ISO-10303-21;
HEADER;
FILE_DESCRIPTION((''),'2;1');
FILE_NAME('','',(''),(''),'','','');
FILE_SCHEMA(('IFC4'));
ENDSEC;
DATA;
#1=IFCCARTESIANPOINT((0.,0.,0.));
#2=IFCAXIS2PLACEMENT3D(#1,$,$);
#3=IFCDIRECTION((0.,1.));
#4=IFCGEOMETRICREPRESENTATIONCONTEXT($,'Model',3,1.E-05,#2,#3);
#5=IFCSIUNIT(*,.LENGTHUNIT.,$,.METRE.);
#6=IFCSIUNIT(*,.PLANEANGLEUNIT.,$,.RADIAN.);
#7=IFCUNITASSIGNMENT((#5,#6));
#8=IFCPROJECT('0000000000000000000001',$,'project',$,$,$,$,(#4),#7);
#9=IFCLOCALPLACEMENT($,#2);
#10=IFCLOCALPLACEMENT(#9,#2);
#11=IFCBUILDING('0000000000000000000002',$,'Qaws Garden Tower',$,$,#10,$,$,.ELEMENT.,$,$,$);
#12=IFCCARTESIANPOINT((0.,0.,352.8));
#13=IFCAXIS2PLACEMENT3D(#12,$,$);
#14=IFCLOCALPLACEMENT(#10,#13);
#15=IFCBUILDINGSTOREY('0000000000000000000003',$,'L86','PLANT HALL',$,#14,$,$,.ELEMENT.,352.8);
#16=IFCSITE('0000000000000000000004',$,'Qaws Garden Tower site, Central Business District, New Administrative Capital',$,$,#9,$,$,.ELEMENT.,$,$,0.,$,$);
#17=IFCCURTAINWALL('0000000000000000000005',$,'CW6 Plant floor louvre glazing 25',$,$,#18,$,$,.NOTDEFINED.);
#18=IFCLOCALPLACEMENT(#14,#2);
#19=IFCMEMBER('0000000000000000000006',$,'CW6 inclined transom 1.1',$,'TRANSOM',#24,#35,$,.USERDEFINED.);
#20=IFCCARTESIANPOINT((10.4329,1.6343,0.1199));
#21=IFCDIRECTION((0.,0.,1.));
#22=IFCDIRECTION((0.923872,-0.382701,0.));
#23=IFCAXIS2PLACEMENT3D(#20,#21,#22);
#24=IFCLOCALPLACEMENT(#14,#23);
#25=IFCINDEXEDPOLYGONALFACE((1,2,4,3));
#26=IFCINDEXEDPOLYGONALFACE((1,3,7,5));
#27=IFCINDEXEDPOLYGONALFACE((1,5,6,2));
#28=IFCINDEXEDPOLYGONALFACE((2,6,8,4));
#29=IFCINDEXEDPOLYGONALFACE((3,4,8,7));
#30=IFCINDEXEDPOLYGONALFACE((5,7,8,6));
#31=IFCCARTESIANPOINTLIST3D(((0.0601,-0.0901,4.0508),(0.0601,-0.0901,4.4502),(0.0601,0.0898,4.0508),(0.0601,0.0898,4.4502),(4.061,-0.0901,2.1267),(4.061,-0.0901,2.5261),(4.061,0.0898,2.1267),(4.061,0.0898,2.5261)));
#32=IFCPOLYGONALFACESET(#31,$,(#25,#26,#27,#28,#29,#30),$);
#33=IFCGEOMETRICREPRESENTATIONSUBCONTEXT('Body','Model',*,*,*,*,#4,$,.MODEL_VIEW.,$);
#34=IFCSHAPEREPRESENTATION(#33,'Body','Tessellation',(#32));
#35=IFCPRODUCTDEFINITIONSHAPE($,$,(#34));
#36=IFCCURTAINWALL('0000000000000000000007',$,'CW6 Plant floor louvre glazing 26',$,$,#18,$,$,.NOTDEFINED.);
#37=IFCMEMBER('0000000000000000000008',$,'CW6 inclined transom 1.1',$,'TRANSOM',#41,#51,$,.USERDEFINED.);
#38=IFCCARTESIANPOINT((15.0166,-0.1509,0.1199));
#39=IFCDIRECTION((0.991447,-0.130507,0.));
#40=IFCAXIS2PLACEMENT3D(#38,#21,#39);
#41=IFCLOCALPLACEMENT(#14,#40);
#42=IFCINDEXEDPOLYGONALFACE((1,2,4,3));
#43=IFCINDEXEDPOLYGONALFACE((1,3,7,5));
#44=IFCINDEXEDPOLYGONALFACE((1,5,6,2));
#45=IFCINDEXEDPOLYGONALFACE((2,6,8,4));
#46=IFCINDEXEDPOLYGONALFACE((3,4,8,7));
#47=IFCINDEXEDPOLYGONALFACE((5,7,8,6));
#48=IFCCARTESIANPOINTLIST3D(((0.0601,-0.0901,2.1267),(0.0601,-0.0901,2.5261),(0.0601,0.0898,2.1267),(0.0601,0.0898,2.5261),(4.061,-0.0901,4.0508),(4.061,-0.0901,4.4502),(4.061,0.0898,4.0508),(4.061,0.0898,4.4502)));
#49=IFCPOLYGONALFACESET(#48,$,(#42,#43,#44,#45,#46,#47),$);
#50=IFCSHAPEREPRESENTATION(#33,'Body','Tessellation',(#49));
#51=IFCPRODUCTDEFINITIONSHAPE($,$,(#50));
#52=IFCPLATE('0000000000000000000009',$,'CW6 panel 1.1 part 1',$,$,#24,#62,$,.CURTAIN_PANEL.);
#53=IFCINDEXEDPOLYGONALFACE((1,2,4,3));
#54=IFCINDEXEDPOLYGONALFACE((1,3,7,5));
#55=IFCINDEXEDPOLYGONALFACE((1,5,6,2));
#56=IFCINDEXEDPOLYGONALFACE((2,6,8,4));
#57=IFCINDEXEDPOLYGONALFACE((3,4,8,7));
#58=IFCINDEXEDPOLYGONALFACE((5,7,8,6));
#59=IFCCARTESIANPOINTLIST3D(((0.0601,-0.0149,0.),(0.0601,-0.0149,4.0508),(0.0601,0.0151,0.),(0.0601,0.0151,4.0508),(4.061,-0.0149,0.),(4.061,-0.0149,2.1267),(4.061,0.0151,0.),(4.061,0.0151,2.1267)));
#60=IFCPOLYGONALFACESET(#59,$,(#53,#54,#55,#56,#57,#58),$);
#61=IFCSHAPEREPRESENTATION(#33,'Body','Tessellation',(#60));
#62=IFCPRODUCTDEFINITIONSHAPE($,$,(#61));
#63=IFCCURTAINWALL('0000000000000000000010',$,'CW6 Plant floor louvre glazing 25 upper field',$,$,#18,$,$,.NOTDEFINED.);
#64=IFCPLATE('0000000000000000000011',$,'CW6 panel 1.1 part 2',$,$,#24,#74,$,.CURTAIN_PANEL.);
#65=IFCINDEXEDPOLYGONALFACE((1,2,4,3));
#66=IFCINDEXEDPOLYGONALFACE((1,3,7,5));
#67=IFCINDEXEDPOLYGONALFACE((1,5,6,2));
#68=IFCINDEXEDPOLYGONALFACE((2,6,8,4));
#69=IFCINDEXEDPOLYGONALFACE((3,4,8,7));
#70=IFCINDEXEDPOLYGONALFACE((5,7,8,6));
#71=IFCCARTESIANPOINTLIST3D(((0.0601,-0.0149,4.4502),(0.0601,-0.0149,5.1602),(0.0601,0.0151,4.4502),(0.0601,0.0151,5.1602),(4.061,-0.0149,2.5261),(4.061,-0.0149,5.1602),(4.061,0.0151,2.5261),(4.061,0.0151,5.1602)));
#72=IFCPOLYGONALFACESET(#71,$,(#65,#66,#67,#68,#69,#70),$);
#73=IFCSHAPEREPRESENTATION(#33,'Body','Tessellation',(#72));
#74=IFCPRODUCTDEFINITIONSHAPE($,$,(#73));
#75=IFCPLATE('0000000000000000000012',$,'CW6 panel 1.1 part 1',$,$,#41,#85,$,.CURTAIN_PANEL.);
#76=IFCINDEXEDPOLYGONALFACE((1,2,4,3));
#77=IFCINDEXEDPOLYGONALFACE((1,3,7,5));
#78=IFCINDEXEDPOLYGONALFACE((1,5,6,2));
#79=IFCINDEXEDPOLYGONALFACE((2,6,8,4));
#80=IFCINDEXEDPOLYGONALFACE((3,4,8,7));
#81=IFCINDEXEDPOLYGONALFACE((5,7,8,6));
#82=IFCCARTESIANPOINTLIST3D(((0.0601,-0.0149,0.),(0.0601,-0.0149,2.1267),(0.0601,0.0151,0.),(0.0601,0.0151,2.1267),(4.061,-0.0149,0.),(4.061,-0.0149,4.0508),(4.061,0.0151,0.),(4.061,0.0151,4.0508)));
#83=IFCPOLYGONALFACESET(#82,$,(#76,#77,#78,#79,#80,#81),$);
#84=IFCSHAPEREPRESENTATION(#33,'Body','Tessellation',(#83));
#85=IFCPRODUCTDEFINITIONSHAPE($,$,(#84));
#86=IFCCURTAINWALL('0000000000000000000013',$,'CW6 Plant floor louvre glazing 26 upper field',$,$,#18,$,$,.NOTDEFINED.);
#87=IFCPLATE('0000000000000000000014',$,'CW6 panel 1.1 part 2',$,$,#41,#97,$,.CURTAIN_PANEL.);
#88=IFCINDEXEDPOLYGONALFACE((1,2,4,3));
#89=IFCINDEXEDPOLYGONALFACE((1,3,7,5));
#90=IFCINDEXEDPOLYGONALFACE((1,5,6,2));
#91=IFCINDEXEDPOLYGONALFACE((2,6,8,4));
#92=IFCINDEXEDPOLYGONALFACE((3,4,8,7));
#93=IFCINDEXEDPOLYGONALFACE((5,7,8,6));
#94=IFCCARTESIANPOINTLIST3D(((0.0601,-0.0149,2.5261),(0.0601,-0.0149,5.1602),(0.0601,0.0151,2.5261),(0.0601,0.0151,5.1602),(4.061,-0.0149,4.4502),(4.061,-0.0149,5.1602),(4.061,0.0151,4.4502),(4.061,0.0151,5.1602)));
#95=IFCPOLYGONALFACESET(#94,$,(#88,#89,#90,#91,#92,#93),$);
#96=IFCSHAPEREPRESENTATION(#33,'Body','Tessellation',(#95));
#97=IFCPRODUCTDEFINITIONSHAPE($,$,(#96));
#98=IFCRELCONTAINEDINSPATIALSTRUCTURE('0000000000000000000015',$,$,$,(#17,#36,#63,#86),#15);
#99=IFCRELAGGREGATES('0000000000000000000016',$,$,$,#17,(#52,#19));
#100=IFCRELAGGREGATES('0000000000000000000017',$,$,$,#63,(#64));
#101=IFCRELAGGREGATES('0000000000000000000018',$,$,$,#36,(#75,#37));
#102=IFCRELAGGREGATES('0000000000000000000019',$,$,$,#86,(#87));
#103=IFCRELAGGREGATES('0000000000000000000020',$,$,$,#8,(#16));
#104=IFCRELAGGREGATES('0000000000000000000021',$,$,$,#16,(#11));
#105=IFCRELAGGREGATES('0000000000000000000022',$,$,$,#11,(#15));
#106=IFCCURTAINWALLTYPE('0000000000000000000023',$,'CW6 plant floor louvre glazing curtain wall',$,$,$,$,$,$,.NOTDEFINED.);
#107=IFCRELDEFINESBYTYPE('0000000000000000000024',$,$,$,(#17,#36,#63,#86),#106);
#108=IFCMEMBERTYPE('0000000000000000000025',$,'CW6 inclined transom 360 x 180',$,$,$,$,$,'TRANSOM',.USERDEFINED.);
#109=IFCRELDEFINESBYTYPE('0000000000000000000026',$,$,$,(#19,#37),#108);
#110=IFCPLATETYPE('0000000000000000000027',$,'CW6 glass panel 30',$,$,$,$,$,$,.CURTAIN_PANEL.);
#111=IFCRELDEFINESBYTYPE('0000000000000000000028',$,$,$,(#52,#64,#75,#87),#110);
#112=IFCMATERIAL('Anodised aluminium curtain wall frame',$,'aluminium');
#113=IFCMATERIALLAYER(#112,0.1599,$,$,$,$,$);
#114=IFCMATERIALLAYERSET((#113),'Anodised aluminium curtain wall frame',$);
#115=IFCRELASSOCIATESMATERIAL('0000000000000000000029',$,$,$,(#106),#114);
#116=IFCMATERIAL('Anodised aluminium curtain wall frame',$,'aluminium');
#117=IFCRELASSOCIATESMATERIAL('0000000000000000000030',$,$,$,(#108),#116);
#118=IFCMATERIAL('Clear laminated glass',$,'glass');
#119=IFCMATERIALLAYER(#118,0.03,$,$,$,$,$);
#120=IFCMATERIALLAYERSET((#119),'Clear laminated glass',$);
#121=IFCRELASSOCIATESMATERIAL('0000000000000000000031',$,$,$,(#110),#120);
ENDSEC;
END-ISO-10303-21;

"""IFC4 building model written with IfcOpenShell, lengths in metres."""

from ifc_helpers import new_model, si_unit, direction, frame, origin, origin_2d, place, context, subcontext, project, spatial, polyline, rectangle, outline, extrude, material, layer, layer_set, material_profile, profile_set, type_object, element, aggregate, save


model = new_model("IFC4")

# Units and contexts
model_context = context("Model", 3, precision=1e-05, world=origin(), true_north=direction((0.0, 1.0)))
body_context = subcontext(model_context, "Body", "Model", "MODEL_VIEW")
ifc_project = project(units=[si_unit("LENGTHUNIT", "METRE"), si_unit("PLANEANGLEUNIT", "RADIAN")], contexts=[model_context])

# Site, building, storey
site_placement = place(None, origin())
site = spatial("IfcSite", under=ifc_project, at=site_placement, Name="Qaws Garden Tower site, Central Business District, New Administrative Capital", CompositionType="ELEMENT", RefElevation=0.0)
building_placement = place(site_placement, origin())
building = spatial("IfcBuilding", under=site, at=building_placement, Name="Qaws Garden Tower", CompositionType="ELEMENT")
storey_placement = place(building_placement, frame((0.0, 0.0, 352.8)))
storey = spatial("IfcBuildingStorey", under=building, at=storey_placement, Name="L86", Description="PLANT HALL", CompositionType="ELEMENT", Elevation=352.8)

# Curtain walls, members
ifc_material_1 = material(Name="Anodised aluminium curtain wall frame", Category="aluminium")
ifc_layer_1 = layer(ifc_material_1, 0.1599)
ifc_layer_set_1 = layer_set([ifc_layer_1], Name="Anodised aluminium curtain wall frame")
curtain_wall_type = type_object("IfcCurtainWallType", Name="CW6 plant floor louvre glazing curtain wall", PredefinedType="NOTDEFINED", material=ifc_layer_set_1)
placement_1 = place(storey_placement, origin())
curtain_wall_1 = element("IfcCurtainWall", 1, at=placement_1, inside=storey, type_object=curtain_wall_type, Name="CW6 Plant floor louvre glazing 25", PredefinedType="NOTDEFINED")
ifc_material_2 = material(Name="Anodised aluminium curtain wall frame", Category="aluminium")
ifc_material_profile_1 = material_profile(ifc_material_2, rectangle(XDim=0.1799, YDim=0.3601, at=origin_2d()), Name="AL 180x360")
ifc_profile_set_1 = profile_set([ifc_material_profile_1], Name="Anodised aluminium curtain wall frame")
member_type_1 = type_object("IfcMemberType", Name="CW6 inclined transom 360 x 180", ElementType="TRANSOM", PredefinedType="USERDEFINED", material=ifc_profile_set_1)
placement_2 = place(storey_placement, frame((10.4329, 1.6343, 0.1199), z_axis=(0.0, 0.0, 1.0), x_axis=(0.923872, -0.382701, 0.0)))
member_1 = element("IfcMember", 2, at=placement_2, type_object=member_type_1, Name="CW6 inclined transom 1.1", ObjectType="TRANSOM", PredefinedType="USERDEFINED", context=body_context, shape_type="SweptSolid", body=[
    extrude(outline(polyline([(0.0601, 4.0508), (4.061, 2.1267), (4.061, 2.5261), (0.0601, 4.4502), (0.0601, 4.0508)])), frame((0.0, 0.0898, 0.0), z_axis=(0.0, -1.0, 0.0), x_axis=(1.0, 0.0, 0.0)), (0.0, 0.0, 1.0), 0.1799),
])
curtain_wall_2 = element("IfcCurtainWall", 3, at=placement_1, inside=storey, type_object=curtain_wall_type, Name="CW6 Plant floor louvre glazing 26", PredefinedType="NOTDEFINED")
placement_3 = place(storey_placement, frame((15.0166, -0.1509, 0.1199), z_axis=(0.0, 0.0, 1.0), x_axis=(0.991447, -0.130507, 0.0)))
member_2 = element("IfcMember", 4, at=placement_3, type_object=member_type_1, Name="CW6 inclined transom 1.1", ObjectType="TRANSOM", PredefinedType="USERDEFINED", context=body_context, shape_type="SweptSolid", body=[
    extrude(outline(polyline([(0.0601, 2.1267), (4.061, 4.0508), (4.061, 4.4502), (0.0601, 2.5261), (0.0601, 2.1267)])), frame((0.0, 0.0898, 0.0), z_axis=(0.0, -1.0, 0.0), x_axis=(1.0, 0.0, 0.0)), (0.0, 0.0, 1.0), 0.1799),
])

# Plate
ifc_material_3 = material(Name="Clear laminated glass", Category="glass")
ifc_layer_2 = layer(ifc_material_3, 0.03)
ifc_layer_set_2 = layer_set([ifc_layer_2], Name="Clear laminated glass")
plate_type = type_object("IfcPlateType", Name="CW6 glass panel 30", PredefinedType="CURTAIN_PANEL", material=ifc_layer_set_2)
plate_1 = element("IfcPlate", 5, at=placement_2, type_object=plate_type, Name="CW6 panel 1.1 part 1", PredefinedType="CURTAIN_PANEL", context=body_context, shape_type="SweptSolid", body=[
    extrude(outline(polyline([(4.061, 0.0), (4.061, 2.1267), (0.0601, 4.0508), (0.0601, 0.0), (4.061, 0.0)])), frame((0.0, 0.0151, 0.0), z_axis=(0.0, -1.0, 0.0), x_axis=(1.0, 0.0, 0.0)), (0.0, 0.0, 1.0), 0.03),
])
aggregate(curtain_wall_1, [plate_1, member_1])

# Curtain wall, plate
curtain_wall_3 = element("IfcCurtainWall", 6, at=placement_1, inside=storey, type_object=curtain_wall_type, Name="CW6 Plant floor louvre glazing 25 upper field", PredefinedType="NOTDEFINED")
plate_2 = element("IfcPlate", 7, at=placement_2, type_object=plate_type, Name="CW6 panel 1.1 part 2", PredefinedType="CURTAIN_PANEL", context=body_context, shape_type="SweptSolid", body=[
    extrude(outline(polyline([(0.0601, 5.1602), (0.0601, 4.4502), (4.061, 2.5261), (4.061, 5.1602), (0.0601, 5.1602)])), frame((0.0, 0.0151, 0.0), z_axis=(0.0, -1.0, 0.0), x_axis=(1.0, 0.0, 0.0)), (0.0, 0.0, 1.0), 0.03),
])
aggregate(curtain_wall_3, [plate_2])

# Plate
plate_3 = element("IfcPlate", 8, at=placement_3, type_object=plate_type, Name="CW6 panel 1.1 part 1", PredefinedType="CURTAIN_PANEL", context=body_context, shape_type="SweptSolid", body=[
    extrude(outline(polyline([(4.061, 0.0), (4.061, 4.0508), (0.0601, 2.1267), (0.0601, 0.0), (4.061, 0.0)])), frame((0.0, 0.0151, 0.0), z_axis=(0.0, -1.0, 0.0), x_axis=(1.0, 0.0, 0.0)), (0.0, 0.0, 1.0), 0.03),
])
aggregate(curtain_wall_2, [plate_3, member_2])

# Curtain wall, plate
curtain_wall_4 = element("IfcCurtainWall", 9, at=placement_1, inside=storey, type_object=curtain_wall_type, Name="CW6 Plant floor louvre glazing 26 upper field", PredefinedType="NOTDEFINED")
plate_4 = element("IfcPlate", 10, at=placement_3, type_object=plate_type, Name="CW6 panel 1.1 part 2", PredefinedType="CURTAIN_PANEL", context=body_context, shape_type="SweptSolid", body=[
    extrude(outline(polyline([(0.0601, 5.1602), (0.0601, 2.5261), (4.061, 4.4502), (4.061, 5.1602), (0.0601, 5.1602)])), frame((0.0, 0.0151, 0.0), z_axis=(0.0, -1.0, 0.0), x_axis=(1.0, 0.0, 0.0)), (0.0, 0.0, 1.0), 0.03),
])
aggregate(curtain_wall_4, [plate_4])

save(model, "model.ifc")
